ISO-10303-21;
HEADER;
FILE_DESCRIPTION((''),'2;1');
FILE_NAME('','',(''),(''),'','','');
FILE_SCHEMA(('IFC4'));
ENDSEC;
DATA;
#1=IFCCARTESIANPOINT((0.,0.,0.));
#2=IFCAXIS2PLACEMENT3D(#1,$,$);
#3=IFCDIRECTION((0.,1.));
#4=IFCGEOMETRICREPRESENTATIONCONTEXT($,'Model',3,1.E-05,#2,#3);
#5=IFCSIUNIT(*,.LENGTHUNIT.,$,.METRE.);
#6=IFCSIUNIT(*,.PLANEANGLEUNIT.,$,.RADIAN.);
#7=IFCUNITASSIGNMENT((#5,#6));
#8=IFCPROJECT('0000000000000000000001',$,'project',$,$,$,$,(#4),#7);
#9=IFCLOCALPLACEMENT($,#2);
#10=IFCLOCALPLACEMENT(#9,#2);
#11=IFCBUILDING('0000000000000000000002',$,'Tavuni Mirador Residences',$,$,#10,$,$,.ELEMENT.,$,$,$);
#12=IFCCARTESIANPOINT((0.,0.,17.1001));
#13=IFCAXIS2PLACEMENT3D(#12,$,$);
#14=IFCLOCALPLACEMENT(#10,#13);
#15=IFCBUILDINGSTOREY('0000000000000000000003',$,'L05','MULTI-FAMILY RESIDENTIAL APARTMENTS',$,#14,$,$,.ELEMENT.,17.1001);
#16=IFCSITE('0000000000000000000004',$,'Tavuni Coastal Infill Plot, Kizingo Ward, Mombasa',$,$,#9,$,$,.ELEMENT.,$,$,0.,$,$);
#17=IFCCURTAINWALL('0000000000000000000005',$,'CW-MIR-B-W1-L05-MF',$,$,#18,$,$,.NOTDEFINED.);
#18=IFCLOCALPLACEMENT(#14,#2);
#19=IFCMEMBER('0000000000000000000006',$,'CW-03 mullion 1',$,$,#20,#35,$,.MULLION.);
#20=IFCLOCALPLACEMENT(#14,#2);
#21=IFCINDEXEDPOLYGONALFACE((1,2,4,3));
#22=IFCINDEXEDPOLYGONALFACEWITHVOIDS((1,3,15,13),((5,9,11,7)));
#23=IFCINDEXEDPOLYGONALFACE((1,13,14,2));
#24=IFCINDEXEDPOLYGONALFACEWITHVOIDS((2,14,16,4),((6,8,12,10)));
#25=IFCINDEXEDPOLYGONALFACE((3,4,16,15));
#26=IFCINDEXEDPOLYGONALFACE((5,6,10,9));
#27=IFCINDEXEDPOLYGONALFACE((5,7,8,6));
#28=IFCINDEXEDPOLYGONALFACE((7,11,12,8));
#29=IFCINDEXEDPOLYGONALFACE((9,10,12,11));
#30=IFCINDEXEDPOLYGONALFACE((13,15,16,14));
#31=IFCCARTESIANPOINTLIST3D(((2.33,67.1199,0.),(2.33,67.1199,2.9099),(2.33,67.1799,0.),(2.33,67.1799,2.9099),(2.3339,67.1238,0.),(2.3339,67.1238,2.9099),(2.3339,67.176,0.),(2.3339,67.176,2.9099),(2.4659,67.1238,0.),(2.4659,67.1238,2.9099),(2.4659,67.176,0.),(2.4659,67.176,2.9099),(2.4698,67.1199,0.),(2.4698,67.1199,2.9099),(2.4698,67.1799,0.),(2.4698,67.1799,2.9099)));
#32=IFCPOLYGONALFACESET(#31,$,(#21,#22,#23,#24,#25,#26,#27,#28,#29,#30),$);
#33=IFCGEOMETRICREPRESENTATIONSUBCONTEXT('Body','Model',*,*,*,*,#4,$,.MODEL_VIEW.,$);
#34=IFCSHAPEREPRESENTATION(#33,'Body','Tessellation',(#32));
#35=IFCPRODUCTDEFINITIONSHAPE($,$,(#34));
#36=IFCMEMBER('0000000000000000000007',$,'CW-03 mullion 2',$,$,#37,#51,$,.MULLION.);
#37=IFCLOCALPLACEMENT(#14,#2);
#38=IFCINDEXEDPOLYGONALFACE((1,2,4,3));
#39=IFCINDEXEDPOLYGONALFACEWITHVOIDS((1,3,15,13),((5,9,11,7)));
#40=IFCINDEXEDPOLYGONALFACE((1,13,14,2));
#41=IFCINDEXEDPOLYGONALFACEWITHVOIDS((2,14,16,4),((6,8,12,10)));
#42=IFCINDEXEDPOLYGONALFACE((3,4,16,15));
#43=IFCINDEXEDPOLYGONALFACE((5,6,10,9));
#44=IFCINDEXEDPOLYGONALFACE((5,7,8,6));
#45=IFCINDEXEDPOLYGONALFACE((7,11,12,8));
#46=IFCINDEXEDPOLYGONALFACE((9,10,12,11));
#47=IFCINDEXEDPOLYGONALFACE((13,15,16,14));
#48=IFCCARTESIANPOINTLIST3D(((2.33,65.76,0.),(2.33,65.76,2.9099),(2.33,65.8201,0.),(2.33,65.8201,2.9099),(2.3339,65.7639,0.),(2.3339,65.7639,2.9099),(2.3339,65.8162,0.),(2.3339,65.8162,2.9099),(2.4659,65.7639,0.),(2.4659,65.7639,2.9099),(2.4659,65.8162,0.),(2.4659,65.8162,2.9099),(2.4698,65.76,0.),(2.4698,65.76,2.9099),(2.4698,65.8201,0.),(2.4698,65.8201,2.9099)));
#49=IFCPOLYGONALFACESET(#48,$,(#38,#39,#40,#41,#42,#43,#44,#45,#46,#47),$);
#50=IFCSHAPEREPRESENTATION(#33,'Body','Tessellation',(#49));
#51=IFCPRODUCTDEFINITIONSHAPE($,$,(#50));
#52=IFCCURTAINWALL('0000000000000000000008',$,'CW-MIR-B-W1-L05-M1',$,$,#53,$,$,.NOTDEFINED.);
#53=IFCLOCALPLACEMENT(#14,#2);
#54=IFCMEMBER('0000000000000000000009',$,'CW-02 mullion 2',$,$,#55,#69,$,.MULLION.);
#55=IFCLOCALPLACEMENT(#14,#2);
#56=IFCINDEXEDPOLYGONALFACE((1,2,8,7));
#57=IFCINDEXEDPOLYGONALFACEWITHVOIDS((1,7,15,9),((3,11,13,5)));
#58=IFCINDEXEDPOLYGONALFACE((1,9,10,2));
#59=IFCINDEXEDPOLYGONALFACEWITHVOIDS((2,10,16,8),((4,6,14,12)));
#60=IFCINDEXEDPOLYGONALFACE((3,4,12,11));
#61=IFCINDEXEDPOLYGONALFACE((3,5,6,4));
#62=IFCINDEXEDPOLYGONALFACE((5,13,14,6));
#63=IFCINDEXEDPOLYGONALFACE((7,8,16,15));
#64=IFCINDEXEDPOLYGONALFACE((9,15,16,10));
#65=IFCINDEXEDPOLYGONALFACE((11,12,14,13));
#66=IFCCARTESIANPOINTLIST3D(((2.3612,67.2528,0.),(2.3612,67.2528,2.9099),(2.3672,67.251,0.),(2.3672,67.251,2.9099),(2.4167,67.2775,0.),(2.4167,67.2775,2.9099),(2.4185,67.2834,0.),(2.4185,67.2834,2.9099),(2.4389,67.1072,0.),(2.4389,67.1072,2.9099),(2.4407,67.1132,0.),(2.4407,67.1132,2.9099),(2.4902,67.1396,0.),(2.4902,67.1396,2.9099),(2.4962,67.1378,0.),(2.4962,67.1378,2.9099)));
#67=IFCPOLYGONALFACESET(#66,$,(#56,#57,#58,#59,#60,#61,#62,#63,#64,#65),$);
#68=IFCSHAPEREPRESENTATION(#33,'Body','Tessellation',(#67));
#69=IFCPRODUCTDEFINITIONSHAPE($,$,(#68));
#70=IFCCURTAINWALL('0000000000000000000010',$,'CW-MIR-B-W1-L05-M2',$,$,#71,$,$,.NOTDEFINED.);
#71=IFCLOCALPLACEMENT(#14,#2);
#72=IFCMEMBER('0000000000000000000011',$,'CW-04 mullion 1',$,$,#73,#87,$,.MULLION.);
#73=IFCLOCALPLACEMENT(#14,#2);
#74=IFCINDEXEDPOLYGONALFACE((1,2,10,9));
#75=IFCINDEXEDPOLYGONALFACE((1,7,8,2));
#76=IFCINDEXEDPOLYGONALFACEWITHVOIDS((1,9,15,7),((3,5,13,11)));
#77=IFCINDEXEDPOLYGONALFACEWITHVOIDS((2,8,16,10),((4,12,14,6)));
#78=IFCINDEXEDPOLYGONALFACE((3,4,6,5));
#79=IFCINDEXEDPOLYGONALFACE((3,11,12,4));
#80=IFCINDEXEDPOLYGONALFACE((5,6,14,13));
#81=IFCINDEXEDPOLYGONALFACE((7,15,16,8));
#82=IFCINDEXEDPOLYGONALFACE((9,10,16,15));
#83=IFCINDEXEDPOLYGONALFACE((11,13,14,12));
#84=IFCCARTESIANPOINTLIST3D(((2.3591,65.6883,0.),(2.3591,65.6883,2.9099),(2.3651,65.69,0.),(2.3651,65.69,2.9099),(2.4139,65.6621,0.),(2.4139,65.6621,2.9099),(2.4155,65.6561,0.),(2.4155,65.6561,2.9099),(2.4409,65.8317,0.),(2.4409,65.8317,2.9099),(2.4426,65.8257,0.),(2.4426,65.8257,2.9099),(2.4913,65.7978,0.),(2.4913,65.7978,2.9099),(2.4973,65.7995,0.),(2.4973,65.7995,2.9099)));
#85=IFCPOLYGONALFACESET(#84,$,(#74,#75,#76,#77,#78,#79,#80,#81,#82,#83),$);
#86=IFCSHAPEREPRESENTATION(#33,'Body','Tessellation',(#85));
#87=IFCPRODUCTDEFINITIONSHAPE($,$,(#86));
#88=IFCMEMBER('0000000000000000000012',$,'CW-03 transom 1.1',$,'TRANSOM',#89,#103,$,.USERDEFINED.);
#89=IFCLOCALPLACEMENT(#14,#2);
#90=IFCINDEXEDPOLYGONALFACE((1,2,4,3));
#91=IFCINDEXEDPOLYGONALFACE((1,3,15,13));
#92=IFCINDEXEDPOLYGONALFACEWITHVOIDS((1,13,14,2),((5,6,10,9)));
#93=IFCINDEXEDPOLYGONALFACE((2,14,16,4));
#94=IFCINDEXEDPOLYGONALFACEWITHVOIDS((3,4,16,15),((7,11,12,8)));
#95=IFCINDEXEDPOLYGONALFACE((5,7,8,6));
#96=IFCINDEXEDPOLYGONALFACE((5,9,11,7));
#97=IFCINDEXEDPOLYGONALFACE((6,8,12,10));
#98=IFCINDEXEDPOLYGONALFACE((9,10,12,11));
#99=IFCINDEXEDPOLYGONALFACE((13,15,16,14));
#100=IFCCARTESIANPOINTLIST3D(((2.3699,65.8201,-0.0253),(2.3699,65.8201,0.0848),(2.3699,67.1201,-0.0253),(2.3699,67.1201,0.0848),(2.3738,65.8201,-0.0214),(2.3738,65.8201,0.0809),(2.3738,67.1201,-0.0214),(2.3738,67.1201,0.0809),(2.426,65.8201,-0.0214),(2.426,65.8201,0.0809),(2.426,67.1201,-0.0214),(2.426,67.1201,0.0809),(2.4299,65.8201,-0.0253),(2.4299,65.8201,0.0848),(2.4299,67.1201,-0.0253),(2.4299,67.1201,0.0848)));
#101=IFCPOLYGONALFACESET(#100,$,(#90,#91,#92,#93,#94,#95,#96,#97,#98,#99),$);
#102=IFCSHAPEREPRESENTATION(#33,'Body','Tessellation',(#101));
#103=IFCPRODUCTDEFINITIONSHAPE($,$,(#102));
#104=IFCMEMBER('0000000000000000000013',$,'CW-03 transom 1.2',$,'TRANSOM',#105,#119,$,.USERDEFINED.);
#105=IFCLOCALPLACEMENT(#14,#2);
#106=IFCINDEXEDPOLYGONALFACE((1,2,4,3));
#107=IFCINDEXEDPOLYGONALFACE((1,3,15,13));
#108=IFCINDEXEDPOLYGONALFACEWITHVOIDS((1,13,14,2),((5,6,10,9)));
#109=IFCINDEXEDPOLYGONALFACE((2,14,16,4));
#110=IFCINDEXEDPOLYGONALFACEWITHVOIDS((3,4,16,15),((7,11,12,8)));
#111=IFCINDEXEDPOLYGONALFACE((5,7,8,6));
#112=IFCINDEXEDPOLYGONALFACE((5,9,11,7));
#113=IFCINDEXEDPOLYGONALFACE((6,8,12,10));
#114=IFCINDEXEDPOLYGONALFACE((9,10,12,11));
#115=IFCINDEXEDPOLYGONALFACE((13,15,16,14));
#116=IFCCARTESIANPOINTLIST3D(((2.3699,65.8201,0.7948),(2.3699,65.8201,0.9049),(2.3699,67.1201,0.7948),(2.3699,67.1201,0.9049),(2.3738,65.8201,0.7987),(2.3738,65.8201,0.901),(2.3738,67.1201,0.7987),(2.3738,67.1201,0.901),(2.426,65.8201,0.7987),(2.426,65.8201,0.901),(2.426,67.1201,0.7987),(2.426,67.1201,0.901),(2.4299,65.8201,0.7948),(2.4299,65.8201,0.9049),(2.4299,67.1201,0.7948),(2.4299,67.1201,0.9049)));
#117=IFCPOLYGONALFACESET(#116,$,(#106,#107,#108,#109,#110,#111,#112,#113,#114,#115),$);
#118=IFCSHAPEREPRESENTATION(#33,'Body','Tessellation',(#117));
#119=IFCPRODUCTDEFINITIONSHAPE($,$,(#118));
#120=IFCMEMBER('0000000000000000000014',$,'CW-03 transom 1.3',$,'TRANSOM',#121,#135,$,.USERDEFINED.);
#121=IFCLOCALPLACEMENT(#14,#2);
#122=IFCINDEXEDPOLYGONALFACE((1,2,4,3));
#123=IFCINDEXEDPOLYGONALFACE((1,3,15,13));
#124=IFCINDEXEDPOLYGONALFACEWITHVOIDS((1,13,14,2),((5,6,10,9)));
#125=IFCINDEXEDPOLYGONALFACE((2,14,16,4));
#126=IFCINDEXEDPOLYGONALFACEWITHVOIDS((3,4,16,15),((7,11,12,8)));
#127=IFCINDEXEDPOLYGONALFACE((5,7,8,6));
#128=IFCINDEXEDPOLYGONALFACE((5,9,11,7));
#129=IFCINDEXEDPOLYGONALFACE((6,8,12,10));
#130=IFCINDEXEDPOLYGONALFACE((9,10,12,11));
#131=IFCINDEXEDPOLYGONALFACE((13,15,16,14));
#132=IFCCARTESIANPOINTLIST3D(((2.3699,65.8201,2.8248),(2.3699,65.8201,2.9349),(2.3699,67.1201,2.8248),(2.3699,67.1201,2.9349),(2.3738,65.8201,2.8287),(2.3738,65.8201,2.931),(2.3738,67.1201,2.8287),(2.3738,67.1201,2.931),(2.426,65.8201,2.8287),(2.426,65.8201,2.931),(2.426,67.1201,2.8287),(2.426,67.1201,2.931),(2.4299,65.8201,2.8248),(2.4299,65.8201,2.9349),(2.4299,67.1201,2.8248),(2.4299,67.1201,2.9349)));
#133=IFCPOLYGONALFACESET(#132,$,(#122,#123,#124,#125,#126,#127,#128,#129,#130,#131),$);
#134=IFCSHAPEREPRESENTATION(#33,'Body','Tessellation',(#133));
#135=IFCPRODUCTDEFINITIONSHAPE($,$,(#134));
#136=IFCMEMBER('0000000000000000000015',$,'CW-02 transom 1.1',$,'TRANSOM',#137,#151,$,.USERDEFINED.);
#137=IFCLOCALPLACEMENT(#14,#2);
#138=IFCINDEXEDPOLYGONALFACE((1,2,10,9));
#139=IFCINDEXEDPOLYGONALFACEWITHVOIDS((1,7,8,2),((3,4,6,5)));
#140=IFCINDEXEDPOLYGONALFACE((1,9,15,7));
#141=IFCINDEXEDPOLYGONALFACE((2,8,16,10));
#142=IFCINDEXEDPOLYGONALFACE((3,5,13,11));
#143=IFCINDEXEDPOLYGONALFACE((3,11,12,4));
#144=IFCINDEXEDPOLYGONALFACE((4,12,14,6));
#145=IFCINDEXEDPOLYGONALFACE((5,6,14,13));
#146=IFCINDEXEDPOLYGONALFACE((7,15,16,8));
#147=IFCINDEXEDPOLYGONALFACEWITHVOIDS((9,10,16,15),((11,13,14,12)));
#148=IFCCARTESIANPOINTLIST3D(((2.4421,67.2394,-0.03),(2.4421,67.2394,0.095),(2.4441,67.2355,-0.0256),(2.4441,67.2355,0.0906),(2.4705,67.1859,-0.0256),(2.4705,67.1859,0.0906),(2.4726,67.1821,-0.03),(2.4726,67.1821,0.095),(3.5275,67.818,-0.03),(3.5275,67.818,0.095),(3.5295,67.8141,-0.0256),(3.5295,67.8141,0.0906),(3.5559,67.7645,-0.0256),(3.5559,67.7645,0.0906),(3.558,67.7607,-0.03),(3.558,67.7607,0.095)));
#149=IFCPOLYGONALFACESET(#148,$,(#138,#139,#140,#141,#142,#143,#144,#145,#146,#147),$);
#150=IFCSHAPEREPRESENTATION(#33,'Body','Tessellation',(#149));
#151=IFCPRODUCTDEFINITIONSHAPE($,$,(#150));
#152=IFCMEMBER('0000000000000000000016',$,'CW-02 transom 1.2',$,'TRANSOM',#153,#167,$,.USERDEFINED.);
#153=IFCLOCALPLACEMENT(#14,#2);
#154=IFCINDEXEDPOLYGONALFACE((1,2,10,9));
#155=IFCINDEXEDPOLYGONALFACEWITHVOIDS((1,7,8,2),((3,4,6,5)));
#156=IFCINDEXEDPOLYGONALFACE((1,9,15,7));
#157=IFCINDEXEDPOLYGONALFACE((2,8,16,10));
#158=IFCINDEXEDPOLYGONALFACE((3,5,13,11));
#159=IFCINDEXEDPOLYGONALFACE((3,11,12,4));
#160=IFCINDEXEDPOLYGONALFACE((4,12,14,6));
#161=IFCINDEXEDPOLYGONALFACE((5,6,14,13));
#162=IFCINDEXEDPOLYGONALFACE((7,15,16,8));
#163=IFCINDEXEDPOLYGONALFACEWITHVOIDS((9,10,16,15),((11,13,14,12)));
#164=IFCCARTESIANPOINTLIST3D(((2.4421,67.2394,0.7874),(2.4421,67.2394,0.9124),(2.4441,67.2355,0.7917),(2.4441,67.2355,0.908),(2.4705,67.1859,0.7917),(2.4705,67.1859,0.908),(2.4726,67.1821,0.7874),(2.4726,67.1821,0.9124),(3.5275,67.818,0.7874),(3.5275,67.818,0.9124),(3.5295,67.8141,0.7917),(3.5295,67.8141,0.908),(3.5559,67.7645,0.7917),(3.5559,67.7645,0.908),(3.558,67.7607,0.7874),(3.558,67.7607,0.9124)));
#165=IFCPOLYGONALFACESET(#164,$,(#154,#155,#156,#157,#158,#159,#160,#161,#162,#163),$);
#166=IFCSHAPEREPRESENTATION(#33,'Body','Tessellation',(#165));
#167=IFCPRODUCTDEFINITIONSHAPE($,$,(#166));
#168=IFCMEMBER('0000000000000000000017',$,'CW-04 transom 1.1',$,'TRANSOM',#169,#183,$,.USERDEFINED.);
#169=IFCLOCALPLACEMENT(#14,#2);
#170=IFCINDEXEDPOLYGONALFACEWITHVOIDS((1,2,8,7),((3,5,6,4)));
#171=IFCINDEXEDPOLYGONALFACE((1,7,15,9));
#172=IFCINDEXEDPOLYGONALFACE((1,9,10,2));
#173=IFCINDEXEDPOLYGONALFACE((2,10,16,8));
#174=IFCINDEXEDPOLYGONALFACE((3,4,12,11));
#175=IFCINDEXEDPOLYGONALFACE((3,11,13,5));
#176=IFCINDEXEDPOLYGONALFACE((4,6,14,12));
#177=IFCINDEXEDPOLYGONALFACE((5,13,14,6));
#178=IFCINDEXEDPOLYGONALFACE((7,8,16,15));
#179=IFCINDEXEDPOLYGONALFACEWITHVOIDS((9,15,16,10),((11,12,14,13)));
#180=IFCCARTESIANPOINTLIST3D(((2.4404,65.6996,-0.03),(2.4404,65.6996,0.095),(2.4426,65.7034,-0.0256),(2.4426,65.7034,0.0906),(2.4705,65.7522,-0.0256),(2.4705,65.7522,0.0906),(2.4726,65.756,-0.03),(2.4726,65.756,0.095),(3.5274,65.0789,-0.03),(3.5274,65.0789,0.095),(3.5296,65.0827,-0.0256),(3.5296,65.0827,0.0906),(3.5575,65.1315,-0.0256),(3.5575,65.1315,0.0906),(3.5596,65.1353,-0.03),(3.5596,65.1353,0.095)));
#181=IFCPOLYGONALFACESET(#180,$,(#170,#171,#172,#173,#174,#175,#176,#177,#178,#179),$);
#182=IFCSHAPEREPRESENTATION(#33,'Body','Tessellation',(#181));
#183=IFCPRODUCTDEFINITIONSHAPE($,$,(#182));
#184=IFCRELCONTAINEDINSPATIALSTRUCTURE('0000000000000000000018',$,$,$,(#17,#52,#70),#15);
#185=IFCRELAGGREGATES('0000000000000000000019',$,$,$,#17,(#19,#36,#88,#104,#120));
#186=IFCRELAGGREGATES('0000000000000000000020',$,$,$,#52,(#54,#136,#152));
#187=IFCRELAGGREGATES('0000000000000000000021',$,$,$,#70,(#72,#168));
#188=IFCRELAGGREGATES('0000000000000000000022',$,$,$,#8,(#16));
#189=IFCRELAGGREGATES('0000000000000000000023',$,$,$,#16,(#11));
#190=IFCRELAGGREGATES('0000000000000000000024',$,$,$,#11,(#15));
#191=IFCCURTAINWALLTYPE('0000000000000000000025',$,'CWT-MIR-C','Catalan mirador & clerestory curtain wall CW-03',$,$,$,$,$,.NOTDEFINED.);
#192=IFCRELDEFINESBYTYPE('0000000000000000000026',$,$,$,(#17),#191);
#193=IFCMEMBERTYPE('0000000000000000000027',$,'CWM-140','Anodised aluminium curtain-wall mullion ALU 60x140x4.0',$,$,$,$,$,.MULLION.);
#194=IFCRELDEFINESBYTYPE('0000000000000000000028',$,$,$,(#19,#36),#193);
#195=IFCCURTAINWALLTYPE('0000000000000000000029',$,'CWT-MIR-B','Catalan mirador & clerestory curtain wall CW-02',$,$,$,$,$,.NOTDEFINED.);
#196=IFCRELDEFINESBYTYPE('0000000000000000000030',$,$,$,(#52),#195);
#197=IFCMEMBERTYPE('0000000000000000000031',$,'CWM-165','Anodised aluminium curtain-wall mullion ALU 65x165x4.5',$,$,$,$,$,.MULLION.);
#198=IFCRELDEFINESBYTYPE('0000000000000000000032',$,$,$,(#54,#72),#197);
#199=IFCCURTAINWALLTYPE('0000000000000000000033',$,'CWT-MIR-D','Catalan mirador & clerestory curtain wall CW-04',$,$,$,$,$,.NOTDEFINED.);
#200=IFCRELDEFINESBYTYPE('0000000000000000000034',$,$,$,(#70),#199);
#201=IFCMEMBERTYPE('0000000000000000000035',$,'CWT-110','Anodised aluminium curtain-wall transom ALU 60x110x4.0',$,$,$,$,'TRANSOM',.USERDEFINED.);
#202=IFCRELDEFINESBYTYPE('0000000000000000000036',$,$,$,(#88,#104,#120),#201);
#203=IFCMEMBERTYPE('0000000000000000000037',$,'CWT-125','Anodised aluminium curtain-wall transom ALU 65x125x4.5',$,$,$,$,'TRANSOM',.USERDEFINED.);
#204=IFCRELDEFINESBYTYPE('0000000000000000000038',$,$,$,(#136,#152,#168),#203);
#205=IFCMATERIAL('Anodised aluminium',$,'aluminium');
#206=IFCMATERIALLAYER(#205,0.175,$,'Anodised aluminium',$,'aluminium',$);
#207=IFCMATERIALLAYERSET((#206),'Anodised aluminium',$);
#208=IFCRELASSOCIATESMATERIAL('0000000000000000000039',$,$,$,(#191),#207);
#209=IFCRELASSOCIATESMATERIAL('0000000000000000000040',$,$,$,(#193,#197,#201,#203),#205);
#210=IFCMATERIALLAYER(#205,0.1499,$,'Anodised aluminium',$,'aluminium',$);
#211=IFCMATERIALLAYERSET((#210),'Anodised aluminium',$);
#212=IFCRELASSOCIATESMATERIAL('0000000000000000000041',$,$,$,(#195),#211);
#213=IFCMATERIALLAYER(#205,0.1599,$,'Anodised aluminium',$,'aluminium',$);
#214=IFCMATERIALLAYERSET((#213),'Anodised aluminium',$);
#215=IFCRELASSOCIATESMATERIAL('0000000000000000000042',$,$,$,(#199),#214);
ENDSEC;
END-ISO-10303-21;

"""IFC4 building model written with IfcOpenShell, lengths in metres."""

from ifc_helpers import new_model, si_unit, direction, frame, origin, origin_2d, place, context, subcontext, project, spatial, hollow_rectangle, extrude, material, layer, layer_set, material_profile, profile_set, type_object, element, aggregate, save


model = new_model("IFC4")

# Units and contexts
model_context = context("Model", 3, precision=1e-05, world=origin(), true_north=direction((0.0, 1.0)))
body_context = subcontext(model_context, "Body", "Model", "MODEL_VIEW")
ifc_project = project(units=[si_unit("LENGTHUNIT", "METRE"), si_unit("PLANEANGLEUNIT", "RADIAN")], contexts=[model_context])

# Site, building, storey
site_placement = place(None, origin())
site = spatial("IfcSite", under=ifc_project, at=site_placement, Name="Tavuni Coastal Infill Plot, Kizingo Ward, Mombasa", CompositionType="ELEMENT", RefElevation=0.0)
building_placement = place(site_placement, origin())
building = spatial("IfcBuilding", under=site, at=building_placement, Name="Tavuni Mirador Residences", CompositionType="ELEMENT")
storey_placement = place(building_placement, frame((0.0, 0.0, 17.1001)))
storey = spatial("IfcBuildingStorey", under=building, at=storey_placement, Name="L05", Description="MULTI-FAMILY RESIDENTIAL APARTMENTS", CompositionType="ELEMENT", Elevation=17.1001)

# Curtain wall, members
ifc_material_1 = material(Name="Anodised aluminium", Category="aluminium")
ifc_layer_1 = layer(ifc_material_1, 0.175, Name="Anodised aluminium", Category="aluminium")
ifc_layer_set_1 = layer_set([ifc_layer_1], Name="Anodised aluminium")
curtain_wall_type_1 = type_object("IfcCurtainWallType", Name="CWT-MIR-C", Description="Catalan mirador & clerestory curtain wall CW-03", PredefinedType="NOTDEFINED", material=ifc_layer_set_1)
curtain_wall_1_placement = place(storey_placement, origin())
curtain_wall_1 = element("IfcCurtainWall", 1, at=curtain_wall_1_placement, inside=storey, type_object=curtain_wall_type_1, Name="CW-MIR-B-W1-L05-MF", PredefinedType="NOTDEFINED")
ifc_material_profile_1 = material_profile(ifc_material_1, hollow_rectangle(XDim=0.0601, YDim=0.1399, WallThickness=0.0039, at=origin_2d()), Name="ALU 60x140x4.0", Category="aluminium")
ifc_profile_set_1 = profile_set([ifc_material_profile_1], Name="Anodised aluminium")
member_type_1 = type_object("IfcMemberType", Name="CWM-140", Description="Anodised aluminium curtain-wall mullion ALU 60x140x4.0", PredefinedType="MULLION", material=ifc_profile_set_1)
member_1_placement = place(storey_placement, frame((2.3999, 67.1499, 0.0), z_axis=(0.0, 0.0, 1.0), x_axis=(0.0, -1.0, 0.0)))
member_1 = element("IfcMember", 2, at=member_1_placement, type_object=member_type_1, Name="CW-03 mullion 1", PredefinedType="MULLION", context=body_context, shape_type="SweptSolid", body=[
    extrude(hollow_rectangle(XDim=0.0601, YDim=0.1399, WallThickness=0.0039, at=origin_2d()), origin(), (0.0, 0.0, 1.0), 2.9099),
])
member_2_placement = place(storey_placement, frame((2.3999, 65.79, 0.0), z_axis=(0.0, 0.0, 1.0), x_axis=(0.0, -1.0, 0.0)))
member_2 = element("IfcMember", 3, at=member_2_placement, type_object=member_type_1, Name="CW-03 mullion 2", PredefinedType="MULLION", context=body_context, shape_type="SweptSolid", body=[
    extrude(hollow_rectangle(XDim=0.0601, YDim=0.1399, WallThickness=0.0039, at=origin_2d()), origin(), (0.0, 0.0, 1.0), 2.9099),
])

# Curtain walls, members
ifc_layer_2 = layer(ifc_material_1, 0.1499, Name="Anodised aluminium", Category="aluminium")
ifc_layer_set_2 = layer_set([ifc_layer_2], Name="Anodised aluminium")
curtain_wall_type_2 = type_object("IfcCurtainWallType", Name="CWT-MIR-B", Description="Catalan mirador & clerestory curtain wall CW-02", PredefinedType="NOTDEFINED", material=ifc_layer_set_2)
curtain_wall_2_placement = place(storey_placement, origin())
curtain_wall_2 = element("IfcCurtainWall", 4, at=curtain_wall_2_placement, inside=storey, type_object=curtain_wall_type_2, Name="CW-MIR-B-W1-L05-M1", PredefinedType="NOTDEFINED")
ifc_material_profile_2 = material_profile(ifc_material_1, hollow_rectangle(XDim=0.0649, YDim=0.165, WallThickness=0.0044, at=origin_2d()), Name="ALU 65x165x4.5", Category="aluminium")
ifc_profile_set_2 = profile_set([ifc_material_profile_2], Name="Anodised aluminium")
member_type_2 = type_object("IfcMemberType", Name="CWM-165", Description="Anodised aluminium curtain-wall mullion ALU 65x165x4.5", PredefinedType="MULLION", material=ifc_profile_set_2)
member_3_placement = place(storey_placement, frame((2.4287, 67.1953, 0.0), z_axis=(0.0, 0.0, 1.0), x_axis=(-0.882353, -0.470588, 0.0)))
member_3 = element("IfcMember", 5, at=member_3_placement, type_object=member_type_2, Name="CW-02 mullion 2", PredefinedType="MULLION", context=body_context, shape_type="SweptSolid", body=[
    extrude(hollow_rectangle(XDim=0.0649, YDim=0.165, WallThickness=0.0044, at=origin_2d()), origin(), (0.0, 0.0, 1.0), 2.9099),
])
ifc_layer_3 = layer(ifc_material_1, 0.1599, Name="Anodised aluminium", Category="aluminium")
ifc_layer_set_3 = layer_set([ifc_layer_3], Name="Anodised aluminium")
curtain_wall_type_3 = type_object("IfcCurtainWallType", Name="CWT-MIR-D", Description="Catalan mirador & clerestory curtain wall CW-04", PredefinedType="NOTDEFINED", material=ifc_layer_set_3)
curtain_wall_3_placement = place(storey_placement, origin())
curtain_wall_3 = element("IfcCurtainWall", 6, at=curtain_wall_3_placement, inside=storey, type_object=curtain_wall_type_3, Name="CW-MIR-B-W1-L05-M2", PredefinedType="NOTDEFINED")
member_4_placement = place(storey_placement, frame((2.4282, 65.7439, 0.0), z_axis=(0.0, 0.0, 1.0), x_axis=(0.868466, -0.495749, 0.0)))
member_4 = element("IfcMember", 7, at=member_4_placement, type_object=member_type_2, Name="CW-04 mullion 1", PredefinedType="MULLION", context=body_context, shape_type="SweptSolid", body=[
    extrude(hollow_rectangle(XDim=0.0649, YDim=0.165, WallThickness=0.0044, at=origin_2d()), origin(), (0.0, 0.0, 1.0), 2.9099),
])

# Members
ifc_material_profile_3 = material_profile(ifc_material_1, hollow_rectangle(XDim=0.0601, YDim=0.1101, WallThickness=0.0039, at=origin_2d()), Name="ALU 60x110x4.0", Category="aluminium")
ifc_profile_set_3 = profile_set([ifc_material_profile_3], Name="Anodised aluminium")
member_type_3 = type_object("IfcMemberType", Name="CWT-110", Description="Anodised aluminium curtain-wall transom ALU 60x110x4.0", ElementType="TRANSOM", PredefinedType="USERDEFINED", material=ifc_profile_set_3)
member_5_placement = place(storey_placement, frame((2.3999, 67.1201, 0.0298), z_axis=(0.0, -1.0, 0.0), x_axis=(1.0, 0.0, 0.0)))
member_5 = element("IfcMember", 8, at=member_5_placement, type_object=member_type_3, Name="CW-03 transom 1.1", ObjectType="TRANSOM", PredefinedType="USERDEFINED", context=body_context, shape_type="SweptSolid", body=[
    extrude(hollow_rectangle(XDim=0.0601, YDim=0.1101, WallThickness=0.0039, at=origin_2d()), origin(), (0.0, 0.0, 1.0), 1.3),
])
member_6_placement = place(storey_placement, frame((2.3999, 67.1201, 0.8499), z_axis=(0.0, -1.0, 0.0), x_axis=(1.0, 0.0, 0.0)))
member_6 = element("IfcMember", 9, at=member_6_placement, type_object=member_type_3, Name="CW-03 transom 1.2", ObjectType="TRANSOM", PredefinedType="USERDEFINED", context=body_context, shape_type="SweptSolid", body=[
    extrude(hollow_rectangle(XDim=0.0601, YDim=0.1101, WallThickness=0.0039, at=origin_2d()), origin(), (0.0, 0.0, 1.0), 1.3),
])
member_7_placement = place(storey_placement, frame((2.3999, 67.1201, 2.8799), z_axis=(0.0, -1.0, 0.0), x_axis=(1.0, 0.0, 0.0)))
member_7 = element("IfcMember", 10, at=member_7_placement, type_object=member_type_3, Name="CW-03 transom 1.3", ObjectType="TRANSOM", PredefinedType="USERDEFINED", context=body_context, shape_type="SweptSolid", body=[
    extrude(hollow_rectangle(XDim=0.0601, YDim=0.1101, WallThickness=0.0039, at=origin_2d()), origin(), (0.0, 0.0, 1.0), 1.3),
])
ifc_material_profile_4 = material_profile(ifc_material_1, hollow_rectangle(XDim=0.0649, YDim=0.125, WallThickness=0.0044, at=origin_2d()), Name="ALU 65x125x4.5", Category="aluminium")
ifc_profile_set_4 = profile_set([ifc_material_profile_4], Name="Anodised aluminium")
member_type_4 = type_object("IfcMemberType", Name="CWT-125", Description="Anodised aluminium curtain-wall transom ALU 65x125x4.5", ElementType="TRANSOM", PredefinedType="USERDEFINED", material=ifc_profile_set_4)
member_8_placement = place(storey_placement, frame((3.5427, 67.7893, 0.0325), z_axis=(-0.882452, -0.470403, 0.0), x_axis=(0.470403, -0.882452, 0.0)))
member_8 = element("IfcMember", 11, at=member_8_placement, type_object=member_type_4, Name="CW-02 transom 1.1", ObjectType="TRANSOM", PredefinedType="USERDEFINED", context=body_context, shape_type="SweptSolid", body=[
    extrude(hollow_rectangle(XDim=0.0649, YDim=0.125, WallThickness=0.0044, at=origin_2d()), origin(), (0.0, 0.0, 1.0), 1.23),
])
member_9_placement = place(storey_placement, frame((3.5427, 67.7893, 0.8499), z_axis=(-0.882452, -0.470403, 0.0), x_axis=(0.470403, -0.882452, 0.0)))
member_9 = element("IfcMember", 12, at=member_9_placement, type_object=member_type_4, Name="CW-02 transom 1.2", ObjectType="TRANSOM", PredefinedType="USERDEFINED", context=body_context, shape_type="SweptSolid", body=[
    extrude(hollow_rectangle(XDim=0.0649, YDim=0.125, WallThickness=0.0044, at=origin_2d()), origin(), (0.0, 0.0, 1.0), 1.23),
])
member_10_placement = place(storey_placement, frame((2.4565, 65.7278, 0.0325), z_axis=(0.868411, -0.495845, 0.0), x_axis=(0.495845, 0.868411, 0.0)))
member_10 = element("IfcMember", 13, at=member_10_placement, type_object=member_type_4, Name="CW-04 transom 1.1", ObjectType="TRANSOM", PredefinedType="USERDEFINED", context=body_context, shape_type="SweptSolid", body=[
    extrude(hollow_rectangle(XDim=0.0649, YDim=0.125, WallThickness=0.0044, at=origin_2d()), origin(), (0.0, 0.0, 1.0), 1.2517),
])

aggregate(curtain_wall_1, [member_1, member_2, member_5, member_6, member_7])
aggregate(curtain_wall_2, [member_3, member_8, member_9])
aggregate(curtain_wall_3, [member_4, member_10])

save(model, "model.ifc")
